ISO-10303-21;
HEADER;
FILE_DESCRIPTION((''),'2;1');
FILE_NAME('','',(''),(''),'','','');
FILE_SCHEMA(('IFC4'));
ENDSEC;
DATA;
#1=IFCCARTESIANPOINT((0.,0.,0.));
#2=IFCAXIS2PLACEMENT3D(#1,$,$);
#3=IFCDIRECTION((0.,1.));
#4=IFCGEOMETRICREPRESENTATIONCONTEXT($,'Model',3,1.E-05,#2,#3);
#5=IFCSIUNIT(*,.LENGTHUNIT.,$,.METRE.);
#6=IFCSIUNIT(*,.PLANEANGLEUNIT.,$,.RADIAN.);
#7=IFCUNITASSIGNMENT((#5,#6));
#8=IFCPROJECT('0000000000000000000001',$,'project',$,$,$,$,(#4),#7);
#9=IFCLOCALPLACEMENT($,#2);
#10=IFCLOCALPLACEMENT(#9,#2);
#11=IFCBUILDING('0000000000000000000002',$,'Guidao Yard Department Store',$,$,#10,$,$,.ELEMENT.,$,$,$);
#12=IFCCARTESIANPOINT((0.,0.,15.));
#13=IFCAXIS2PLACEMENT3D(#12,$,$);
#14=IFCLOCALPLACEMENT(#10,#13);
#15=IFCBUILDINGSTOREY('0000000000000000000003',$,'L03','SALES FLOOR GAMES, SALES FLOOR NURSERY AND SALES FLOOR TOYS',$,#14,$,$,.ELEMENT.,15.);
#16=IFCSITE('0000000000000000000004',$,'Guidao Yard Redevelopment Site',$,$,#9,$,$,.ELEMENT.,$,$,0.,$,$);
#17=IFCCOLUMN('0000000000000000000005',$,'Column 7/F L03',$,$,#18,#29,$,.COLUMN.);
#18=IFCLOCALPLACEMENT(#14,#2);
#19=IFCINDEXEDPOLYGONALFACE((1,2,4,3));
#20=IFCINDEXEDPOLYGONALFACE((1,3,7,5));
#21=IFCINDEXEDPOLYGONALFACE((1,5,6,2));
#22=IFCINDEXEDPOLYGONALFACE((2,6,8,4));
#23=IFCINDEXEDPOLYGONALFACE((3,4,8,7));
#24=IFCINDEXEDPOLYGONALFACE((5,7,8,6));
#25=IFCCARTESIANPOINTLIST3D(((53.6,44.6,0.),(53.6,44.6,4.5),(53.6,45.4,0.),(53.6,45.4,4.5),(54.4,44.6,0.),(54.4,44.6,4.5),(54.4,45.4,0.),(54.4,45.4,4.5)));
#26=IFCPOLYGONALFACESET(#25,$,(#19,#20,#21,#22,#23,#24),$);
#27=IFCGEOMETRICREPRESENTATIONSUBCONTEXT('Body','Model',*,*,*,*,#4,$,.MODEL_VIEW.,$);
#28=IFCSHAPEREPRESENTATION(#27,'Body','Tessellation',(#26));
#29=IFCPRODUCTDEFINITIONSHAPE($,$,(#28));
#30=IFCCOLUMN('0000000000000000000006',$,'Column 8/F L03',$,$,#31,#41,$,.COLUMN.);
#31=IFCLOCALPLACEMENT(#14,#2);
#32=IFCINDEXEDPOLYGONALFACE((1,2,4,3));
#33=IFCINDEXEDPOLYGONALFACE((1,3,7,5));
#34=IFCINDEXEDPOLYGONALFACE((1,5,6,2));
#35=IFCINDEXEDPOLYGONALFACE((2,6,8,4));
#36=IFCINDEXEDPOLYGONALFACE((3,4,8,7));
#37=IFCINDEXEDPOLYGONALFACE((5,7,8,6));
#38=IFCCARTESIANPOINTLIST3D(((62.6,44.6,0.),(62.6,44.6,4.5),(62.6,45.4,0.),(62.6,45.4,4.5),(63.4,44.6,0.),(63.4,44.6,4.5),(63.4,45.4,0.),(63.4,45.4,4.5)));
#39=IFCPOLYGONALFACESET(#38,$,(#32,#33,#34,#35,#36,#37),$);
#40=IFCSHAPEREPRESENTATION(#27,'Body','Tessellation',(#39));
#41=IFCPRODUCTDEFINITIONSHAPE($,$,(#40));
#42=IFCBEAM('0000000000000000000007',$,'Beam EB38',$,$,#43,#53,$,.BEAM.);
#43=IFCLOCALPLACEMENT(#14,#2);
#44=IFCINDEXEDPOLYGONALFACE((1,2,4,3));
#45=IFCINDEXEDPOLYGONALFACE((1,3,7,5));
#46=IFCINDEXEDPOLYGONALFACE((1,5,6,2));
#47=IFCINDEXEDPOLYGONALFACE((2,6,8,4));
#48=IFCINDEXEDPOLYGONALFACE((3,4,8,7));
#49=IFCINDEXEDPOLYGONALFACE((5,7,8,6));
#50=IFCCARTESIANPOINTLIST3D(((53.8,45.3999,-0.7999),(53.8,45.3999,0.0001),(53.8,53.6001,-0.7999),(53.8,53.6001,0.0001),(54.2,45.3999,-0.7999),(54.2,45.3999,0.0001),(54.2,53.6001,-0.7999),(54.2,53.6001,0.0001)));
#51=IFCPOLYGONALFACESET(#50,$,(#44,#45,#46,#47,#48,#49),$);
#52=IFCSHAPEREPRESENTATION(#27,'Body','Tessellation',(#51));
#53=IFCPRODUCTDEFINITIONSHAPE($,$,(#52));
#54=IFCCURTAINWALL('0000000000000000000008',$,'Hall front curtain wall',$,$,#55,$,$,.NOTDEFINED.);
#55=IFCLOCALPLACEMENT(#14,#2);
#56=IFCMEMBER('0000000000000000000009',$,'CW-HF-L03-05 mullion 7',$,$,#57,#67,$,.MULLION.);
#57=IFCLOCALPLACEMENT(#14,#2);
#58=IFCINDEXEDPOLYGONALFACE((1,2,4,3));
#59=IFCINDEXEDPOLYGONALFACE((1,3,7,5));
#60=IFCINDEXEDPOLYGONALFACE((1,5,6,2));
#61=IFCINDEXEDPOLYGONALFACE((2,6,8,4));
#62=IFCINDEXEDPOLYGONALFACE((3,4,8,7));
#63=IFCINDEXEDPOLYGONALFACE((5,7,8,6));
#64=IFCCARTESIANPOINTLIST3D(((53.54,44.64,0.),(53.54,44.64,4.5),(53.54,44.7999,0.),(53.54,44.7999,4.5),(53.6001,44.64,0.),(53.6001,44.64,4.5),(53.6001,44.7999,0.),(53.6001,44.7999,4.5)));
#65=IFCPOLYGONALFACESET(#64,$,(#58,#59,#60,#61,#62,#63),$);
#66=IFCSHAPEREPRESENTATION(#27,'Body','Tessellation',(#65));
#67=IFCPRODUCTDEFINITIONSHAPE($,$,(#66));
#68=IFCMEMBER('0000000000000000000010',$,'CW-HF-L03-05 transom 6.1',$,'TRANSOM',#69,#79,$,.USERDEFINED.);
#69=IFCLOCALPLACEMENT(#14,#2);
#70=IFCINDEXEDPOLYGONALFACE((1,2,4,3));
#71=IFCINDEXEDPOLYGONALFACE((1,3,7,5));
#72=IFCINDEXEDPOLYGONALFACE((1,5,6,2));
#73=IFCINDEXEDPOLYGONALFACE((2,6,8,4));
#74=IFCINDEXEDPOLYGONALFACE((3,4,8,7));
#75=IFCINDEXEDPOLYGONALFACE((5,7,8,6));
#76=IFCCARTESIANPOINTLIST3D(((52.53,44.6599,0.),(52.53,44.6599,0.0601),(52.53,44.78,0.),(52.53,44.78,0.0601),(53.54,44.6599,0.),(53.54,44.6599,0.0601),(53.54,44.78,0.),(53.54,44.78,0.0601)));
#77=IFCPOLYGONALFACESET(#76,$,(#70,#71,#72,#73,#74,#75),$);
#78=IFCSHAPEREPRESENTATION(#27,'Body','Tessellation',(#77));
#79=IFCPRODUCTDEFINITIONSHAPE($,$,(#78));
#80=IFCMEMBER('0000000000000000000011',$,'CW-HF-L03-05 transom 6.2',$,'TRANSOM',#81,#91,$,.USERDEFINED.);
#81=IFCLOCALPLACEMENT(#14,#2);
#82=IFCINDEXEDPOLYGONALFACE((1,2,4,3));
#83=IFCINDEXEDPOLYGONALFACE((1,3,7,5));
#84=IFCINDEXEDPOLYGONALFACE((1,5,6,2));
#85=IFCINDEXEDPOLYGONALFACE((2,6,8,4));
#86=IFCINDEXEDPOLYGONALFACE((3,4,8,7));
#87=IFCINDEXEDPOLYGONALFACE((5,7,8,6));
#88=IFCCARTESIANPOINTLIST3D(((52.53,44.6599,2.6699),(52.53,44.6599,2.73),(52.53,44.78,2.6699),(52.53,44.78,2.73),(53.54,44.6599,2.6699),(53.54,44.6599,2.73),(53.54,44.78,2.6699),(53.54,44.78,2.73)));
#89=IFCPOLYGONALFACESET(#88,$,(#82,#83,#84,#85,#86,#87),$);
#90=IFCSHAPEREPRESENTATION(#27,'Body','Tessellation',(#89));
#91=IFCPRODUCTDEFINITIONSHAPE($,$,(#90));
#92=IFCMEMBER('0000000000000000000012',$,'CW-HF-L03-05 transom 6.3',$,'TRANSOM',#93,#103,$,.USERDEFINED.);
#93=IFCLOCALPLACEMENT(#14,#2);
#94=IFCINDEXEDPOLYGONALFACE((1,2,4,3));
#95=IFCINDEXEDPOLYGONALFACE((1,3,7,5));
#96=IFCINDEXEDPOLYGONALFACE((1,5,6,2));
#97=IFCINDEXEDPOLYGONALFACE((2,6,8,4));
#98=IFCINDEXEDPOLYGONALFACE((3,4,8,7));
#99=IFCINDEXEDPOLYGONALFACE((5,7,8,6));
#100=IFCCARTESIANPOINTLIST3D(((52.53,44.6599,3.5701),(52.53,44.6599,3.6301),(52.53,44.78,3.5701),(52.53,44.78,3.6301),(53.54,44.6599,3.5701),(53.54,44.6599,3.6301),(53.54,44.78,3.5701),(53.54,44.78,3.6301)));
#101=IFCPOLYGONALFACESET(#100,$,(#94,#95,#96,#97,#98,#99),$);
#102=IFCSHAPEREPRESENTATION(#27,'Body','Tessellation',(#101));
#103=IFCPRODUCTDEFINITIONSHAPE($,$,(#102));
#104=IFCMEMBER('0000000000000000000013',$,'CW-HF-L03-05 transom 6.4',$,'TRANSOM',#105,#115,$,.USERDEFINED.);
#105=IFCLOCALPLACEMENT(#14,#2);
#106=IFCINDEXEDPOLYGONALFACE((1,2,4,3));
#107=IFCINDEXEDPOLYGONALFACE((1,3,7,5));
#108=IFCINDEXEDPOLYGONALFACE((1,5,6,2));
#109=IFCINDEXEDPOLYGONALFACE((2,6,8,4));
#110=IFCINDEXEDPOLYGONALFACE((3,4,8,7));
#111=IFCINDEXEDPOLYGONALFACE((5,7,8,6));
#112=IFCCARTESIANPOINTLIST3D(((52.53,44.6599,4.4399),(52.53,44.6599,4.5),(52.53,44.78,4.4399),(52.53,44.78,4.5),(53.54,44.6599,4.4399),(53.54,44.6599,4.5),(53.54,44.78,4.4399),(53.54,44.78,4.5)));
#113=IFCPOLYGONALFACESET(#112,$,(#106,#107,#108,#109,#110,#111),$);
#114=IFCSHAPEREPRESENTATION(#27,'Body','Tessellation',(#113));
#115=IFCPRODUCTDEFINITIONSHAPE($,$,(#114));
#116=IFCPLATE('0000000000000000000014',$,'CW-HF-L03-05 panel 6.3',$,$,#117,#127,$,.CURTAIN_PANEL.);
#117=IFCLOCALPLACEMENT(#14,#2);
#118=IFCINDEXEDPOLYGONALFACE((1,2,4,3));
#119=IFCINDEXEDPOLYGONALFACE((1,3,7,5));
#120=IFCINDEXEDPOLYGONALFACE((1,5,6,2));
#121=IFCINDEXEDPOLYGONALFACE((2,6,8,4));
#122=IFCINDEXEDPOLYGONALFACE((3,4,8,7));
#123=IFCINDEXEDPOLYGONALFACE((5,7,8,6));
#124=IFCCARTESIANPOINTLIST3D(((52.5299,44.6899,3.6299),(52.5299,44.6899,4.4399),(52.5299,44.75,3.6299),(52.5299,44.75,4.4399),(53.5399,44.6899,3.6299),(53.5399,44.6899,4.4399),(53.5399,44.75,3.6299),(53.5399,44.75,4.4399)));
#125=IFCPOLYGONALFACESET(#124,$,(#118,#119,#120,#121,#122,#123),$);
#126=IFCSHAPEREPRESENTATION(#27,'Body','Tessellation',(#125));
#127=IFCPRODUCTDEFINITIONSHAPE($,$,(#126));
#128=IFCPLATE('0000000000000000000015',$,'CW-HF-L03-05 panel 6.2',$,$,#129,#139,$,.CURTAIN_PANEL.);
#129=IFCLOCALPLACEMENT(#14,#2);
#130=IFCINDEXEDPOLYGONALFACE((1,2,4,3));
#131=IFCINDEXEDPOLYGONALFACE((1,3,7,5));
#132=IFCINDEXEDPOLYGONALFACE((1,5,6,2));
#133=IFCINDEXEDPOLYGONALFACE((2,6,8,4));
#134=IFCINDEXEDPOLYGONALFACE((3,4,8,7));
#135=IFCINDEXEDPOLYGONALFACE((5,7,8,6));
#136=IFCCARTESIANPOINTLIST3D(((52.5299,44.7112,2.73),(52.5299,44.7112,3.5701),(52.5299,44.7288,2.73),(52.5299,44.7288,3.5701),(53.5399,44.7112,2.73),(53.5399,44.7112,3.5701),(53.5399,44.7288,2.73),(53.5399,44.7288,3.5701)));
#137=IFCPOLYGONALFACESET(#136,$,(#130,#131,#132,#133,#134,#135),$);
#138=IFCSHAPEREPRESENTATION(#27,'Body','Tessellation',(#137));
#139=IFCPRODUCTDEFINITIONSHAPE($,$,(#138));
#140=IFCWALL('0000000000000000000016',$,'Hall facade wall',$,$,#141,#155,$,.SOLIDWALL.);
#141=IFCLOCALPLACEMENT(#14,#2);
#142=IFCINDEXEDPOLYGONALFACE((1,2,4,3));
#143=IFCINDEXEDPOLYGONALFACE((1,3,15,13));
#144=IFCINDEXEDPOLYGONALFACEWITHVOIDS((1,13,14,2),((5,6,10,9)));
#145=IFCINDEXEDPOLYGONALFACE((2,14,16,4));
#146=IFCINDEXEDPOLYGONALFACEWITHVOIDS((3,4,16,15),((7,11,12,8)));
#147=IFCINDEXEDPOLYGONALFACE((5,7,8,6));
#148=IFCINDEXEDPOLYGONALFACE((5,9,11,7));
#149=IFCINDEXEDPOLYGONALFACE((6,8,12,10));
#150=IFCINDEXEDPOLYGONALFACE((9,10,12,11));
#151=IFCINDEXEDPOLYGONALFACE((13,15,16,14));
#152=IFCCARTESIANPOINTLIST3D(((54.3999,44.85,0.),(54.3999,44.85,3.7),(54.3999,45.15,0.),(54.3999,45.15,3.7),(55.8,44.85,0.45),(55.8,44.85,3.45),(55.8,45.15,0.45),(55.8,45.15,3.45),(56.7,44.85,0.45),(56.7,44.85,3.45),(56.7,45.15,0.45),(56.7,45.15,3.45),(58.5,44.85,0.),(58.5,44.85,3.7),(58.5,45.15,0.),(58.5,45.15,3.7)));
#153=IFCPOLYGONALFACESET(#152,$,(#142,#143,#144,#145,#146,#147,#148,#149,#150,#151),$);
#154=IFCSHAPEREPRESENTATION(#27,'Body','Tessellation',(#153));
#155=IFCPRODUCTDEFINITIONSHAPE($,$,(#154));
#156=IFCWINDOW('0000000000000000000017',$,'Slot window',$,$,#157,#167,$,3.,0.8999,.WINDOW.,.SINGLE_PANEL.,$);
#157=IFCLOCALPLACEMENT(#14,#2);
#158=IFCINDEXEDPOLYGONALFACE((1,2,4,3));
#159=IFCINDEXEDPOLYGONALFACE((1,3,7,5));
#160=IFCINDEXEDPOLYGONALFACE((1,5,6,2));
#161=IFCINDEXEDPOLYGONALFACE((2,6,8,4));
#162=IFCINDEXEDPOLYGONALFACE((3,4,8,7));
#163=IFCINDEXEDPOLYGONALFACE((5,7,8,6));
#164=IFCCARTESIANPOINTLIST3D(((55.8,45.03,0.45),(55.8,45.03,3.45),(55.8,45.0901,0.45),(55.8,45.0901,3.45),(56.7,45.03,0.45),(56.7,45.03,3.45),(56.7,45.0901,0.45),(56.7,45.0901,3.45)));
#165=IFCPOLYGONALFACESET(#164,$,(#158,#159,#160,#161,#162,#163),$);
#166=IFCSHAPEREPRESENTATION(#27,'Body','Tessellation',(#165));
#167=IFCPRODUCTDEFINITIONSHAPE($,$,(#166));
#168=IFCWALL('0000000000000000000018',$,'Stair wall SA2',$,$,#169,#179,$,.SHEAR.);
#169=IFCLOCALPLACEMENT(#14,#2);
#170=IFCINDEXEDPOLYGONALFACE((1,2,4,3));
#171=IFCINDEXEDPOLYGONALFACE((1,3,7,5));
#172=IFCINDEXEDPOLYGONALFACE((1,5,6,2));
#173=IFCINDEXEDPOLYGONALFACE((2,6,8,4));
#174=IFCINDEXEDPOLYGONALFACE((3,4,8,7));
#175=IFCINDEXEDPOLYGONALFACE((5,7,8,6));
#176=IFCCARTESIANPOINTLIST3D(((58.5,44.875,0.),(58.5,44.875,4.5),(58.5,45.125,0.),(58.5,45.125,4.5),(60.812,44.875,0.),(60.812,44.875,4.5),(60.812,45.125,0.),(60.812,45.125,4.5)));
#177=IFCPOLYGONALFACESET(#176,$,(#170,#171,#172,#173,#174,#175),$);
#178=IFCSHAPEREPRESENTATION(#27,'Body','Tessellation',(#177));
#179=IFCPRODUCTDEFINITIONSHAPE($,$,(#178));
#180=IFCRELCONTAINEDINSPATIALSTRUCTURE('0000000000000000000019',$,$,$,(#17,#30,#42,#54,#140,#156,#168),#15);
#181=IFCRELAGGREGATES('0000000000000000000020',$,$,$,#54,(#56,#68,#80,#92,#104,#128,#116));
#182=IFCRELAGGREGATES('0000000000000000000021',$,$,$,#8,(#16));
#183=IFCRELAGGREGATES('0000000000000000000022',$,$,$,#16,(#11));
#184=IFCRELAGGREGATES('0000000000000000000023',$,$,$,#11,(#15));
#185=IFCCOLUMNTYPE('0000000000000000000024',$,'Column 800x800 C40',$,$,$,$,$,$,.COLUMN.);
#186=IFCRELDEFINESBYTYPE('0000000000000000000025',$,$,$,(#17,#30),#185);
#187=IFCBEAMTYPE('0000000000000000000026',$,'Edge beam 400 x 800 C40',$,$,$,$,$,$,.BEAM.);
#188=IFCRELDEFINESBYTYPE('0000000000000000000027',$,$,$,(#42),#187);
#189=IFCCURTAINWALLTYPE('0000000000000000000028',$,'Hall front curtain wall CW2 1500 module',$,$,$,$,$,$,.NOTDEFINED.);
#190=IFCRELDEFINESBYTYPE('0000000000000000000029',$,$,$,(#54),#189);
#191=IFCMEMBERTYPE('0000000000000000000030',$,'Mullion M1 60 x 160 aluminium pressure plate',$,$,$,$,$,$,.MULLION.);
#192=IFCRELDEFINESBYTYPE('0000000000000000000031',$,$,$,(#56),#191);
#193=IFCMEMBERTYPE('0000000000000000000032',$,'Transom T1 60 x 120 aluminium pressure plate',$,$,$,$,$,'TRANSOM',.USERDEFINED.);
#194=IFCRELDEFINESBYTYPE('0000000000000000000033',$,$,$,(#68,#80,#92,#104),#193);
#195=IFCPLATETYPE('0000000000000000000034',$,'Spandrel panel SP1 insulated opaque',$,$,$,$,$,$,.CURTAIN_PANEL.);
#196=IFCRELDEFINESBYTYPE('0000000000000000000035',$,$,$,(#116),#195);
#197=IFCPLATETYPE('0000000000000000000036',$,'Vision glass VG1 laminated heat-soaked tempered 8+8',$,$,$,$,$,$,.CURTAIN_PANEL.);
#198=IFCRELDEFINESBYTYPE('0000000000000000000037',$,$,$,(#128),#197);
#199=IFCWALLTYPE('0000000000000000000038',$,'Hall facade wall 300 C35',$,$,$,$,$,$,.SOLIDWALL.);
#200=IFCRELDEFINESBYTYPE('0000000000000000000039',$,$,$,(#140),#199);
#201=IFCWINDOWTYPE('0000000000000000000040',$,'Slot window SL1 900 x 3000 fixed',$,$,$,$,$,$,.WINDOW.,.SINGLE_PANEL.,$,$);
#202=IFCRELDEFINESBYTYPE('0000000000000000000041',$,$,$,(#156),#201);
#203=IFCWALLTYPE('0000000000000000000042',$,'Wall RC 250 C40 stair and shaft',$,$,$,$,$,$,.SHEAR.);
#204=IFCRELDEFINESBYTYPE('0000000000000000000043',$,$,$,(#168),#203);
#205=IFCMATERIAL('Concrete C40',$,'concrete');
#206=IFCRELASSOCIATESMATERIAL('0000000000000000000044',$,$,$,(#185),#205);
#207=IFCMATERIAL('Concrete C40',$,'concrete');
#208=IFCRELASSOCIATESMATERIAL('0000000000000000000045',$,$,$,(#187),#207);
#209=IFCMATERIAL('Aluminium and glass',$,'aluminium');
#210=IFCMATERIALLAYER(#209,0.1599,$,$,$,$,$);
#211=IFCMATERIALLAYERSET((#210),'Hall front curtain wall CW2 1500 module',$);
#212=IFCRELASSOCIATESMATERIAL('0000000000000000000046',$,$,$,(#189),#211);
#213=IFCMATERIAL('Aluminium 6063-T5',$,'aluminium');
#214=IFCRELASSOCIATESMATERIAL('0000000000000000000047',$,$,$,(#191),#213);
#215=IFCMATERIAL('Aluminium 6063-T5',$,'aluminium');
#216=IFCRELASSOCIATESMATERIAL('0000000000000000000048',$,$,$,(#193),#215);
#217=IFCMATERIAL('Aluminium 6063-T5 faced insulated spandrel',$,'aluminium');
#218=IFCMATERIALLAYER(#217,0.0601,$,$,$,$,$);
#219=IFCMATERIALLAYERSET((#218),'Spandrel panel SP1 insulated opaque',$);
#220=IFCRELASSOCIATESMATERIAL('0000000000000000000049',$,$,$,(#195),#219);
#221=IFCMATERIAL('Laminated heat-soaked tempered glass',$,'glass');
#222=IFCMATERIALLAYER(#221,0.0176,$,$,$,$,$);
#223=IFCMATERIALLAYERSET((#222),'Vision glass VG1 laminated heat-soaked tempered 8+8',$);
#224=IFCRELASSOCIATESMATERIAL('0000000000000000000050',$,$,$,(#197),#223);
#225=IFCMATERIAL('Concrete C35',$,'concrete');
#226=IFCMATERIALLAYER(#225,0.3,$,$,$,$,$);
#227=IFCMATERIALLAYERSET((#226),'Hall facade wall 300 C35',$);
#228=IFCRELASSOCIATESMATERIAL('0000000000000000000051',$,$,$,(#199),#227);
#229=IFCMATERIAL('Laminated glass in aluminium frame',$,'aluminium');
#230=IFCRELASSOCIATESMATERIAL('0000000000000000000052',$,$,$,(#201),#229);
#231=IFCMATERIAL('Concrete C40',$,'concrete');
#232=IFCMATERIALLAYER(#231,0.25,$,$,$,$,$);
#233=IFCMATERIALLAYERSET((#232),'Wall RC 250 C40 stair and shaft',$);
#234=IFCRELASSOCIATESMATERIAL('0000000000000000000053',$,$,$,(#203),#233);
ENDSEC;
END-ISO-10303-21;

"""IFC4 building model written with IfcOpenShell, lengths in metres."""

from ifc_helpers import new_model, si_unit, direction, frame, frame_2d, origin, origin_2d, place, context, subcontext, project, spatial, rectangle, extrude, material, layer, layer_set, material_profile, profile_set, type_object, element, fill, aggregate, save


model = new_model("IFC4")

# Units and contexts
model_context = context("Model", 3, precision=1e-05, world=origin(), true_north=direction((0.0, 1.0)))
body_context = subcontext(model_context, "Body", "Model", "MODEL_VIEW")
ifc_project = project(units=[si_unit("LENGTHUNIT", "METRE"), si_unit("PLANEANGLEUNIT", "RADIAN")], contexts=[model_context])

# Site, building, storey
site_placement = place(None, origin())
site = spatial("IfcSite", under=ifc_project, at=site_placement, Name="Guidao Yard Redevelopment Site", CompositionType="ELEMENT", RefElevation=0.0)
building_placement = place(site_placement, origin())
building = spatial("IfcBuilding", under=site, at=building_placement, Name="Guidao Yard Department Store", CompositionType="ELEMENT")
storey_placement = place(building_placement, frame((0.0, 0.0, 15.0)))
storey = spatial("IfcBuildingStorey", under=building, at=storey_placement, Name="L03", Description="SALES FLOOR GAMES, SALES FLOOR NURSERY AND SALES FLOOR TOYS", CompositionType="ELEMENT", Elevation=15.0)

# Columns
ifc_material_1 = material(Name="Concrete C40", Category="concrete")
ifc_material_profile_1 = material_profile(ifc_material_1, rectangle(XDim=0.8, YDim=0.8, at=origin_2d()), Name="COL 800x800")
ifc_profile_set_1 = profile_set([ifc_material_profile_1], Name="Concrete C40")
column_type = type_object("IfcColumnType", Name="Column 800x800 C40", PredefinedType="COLUMN", material=ifc_profile_set_1)
for number, where, z_axis, x_axis, name in (
    (1, (54.0, 45.0, 0.0), (0.0, 0.0, 1.0), (1.0, 0.0, 0.0), "Column 7/F L03"),
    (2, (63.0, 45.0, 0.0), (0.0, 0.0, 1.0), (1.0, 0.0, 0.0), "Column 8/F L03"),
):
    element("IfcColumn", number, at=place(storey_placement, frame(where, z_axis=z_axis, x_axis=x_axis)), inside=storey, type_object=column_type, Name=name, PredefinedType="COLUMN", context=body_context, shape_type="SweptSolid", body=[
        extrude(rectangle(XDim=0.8, YDim=0.8, at=origin_2d()), origin(), (0.0, 0.0, 1.0), 4.5),
    ])

# Beam
ifc_material_2 = material(Name="Concrete C40", Category="concrete")
ifc_material_profile_2 = material_profile(ifc_material_2, rectangle(XDim=0.3999, YDim=0.8, at=origin_2d()), Name="Edge beam 400 x 800 C40")
ifc_profile_set_2 = profile_set([ifc_material_profile_2], Name="Concrete C40")
beam_type = type_object("IfcBeamType", Name="Edge beam 400 x 800 C40", PredefinedType="BEAM", material=ifc_profile_set_2)
beam_placement = place(storey_placement, frame((54.0, 45.3999, -0.3999), z_axis=(0.0, 1.0, 0.0), x_axis=(-1.0, 0.0, 0.0)))
element("IfcBeam", 3, at=beam_placement, inside=storey, type_object=beam_type, Name="Beam EB38", PredefinedType="BEAM", context=body_context, shape_type="SweptSolid", body=[
    extrude(rectangle(XDim=0.3999, YDim=0.8, at=origin_2d()), origin(), (0.0, 0.0, 1.0), 8.2002),
])

# Curtain wall, members, plates
ifc_material_3 = material(Name="Aluminium and glass", Category="aluminium")
ifc_layer_1 = layer(ifc_material_3, 0.1599)
ifc_layer_set_1 = layer_set([ifc_layer_1], Name="Hall front curtain wall CW2 1500 module")
curtain_wall_type = type_object("IfcCurtainWallType", Name="Hall front curtain wall CW2 1500 module", PredefinedType="NOTDEFINED", material=ifc_layer_set_1)
curtain_wall_placement = place(storey_placement, origin())
curtain_wall = element("IfcCurtainWall", 4, at=curtain_wall_placement, inside=storey, type_object=curtain_wall_type, Name="Hall front curtain wall", PredefinedType="NOTDEFINED")
ifc_material_4 = material(Name="Aluminium 6063-T5", Category="aluminium")
ifc_material_profile_3 = material_profile(ifc_material_4, rectangle(XDim=0.0601, YDim=0.1599, at=origin_2d()), Name="Mullion M1 60 x 160 aluminium pressure plate")
ifc_profile_set_3 = profile_set([ifc_material_profile_3], Name="Aluminium 6063-T5")
member_type_1 = type_object("IfcMemberType", Name="Mullion M1 60 x 160 aluminium pressure plate", PredefinedType="MULLION", material=ifc_profile_set_3)
member_1_placement = place(storey_placement, frame((53.5701, 44.72, 0.0), z_axis=(0.0, 0.0, 1.0), x_axis=(-1.0, 0.0, 0.0)))
member_1 = element("IfcMember", 5, at=member_1_placement, type_object=member_type_1, Name="CW-HF-L03-05 mullion 7", PredefinedType="MULLION", context=body_context, shape_type="SweptSolid", body=[
    extrude(rectangle(XDim=0.0601, YDim=0.1599, at=origin_2d()), origin(), (0.0, 0.0, 1.0), 4.5),
])
ifc_material_5 = material(Name="Aluminium 6063-T5", Category="aluminium")
ifc_material_profile_4 = material_profile(ifc_material_5, rectangle(XDim=0.1201, YDim=0.0601, at=origin_2d()), Name="Transom T1 60 x 120 aluminium pressure plate")
ifc_profile_set_4 = profile_set([ifc_material_profile_4], Name="Aluminium 6063-T5")
member_type_2 = type_object("IfcMemberType", Name="Transom T1 60 x 120 aluminium pressure plate", ElementType="TRANSOM", PredefinedType="USERDEFINED", material=ifc_profile_set_4)
member_2_placement = place(storey_placement, frame((53.54, 44.72, 0.03), z_axis=(-1.0, 0.0, 0.0), x_axis=(0.0, -1.0, 0.0)))
member_2 = element("IfcMember", 6, at=member_2_placement, type_object=member_type_2, Name="CW-HF-L03-05 transom 6.1", ObjectType="TRANSOM", PredefinedType="USERDEFINED", context=body_context, shape_type="SweptSolid", body=[
    extrude(rectangle(XDim=0.1201, YDim=0.0601, at=origin_2d()), origin(), (0.0, 0.0, 1.0), 1.01),
])
member_3_placement = place(storey_placement, frame((53.54, 44.72, 2.7), z_axis=(-1.0, 0.0, 0.0), x_axis=(0.0, -1.0, 0.0)))
member_3 = element("IfcMember", 7, at=member_3_placement, type_object=member_type_2, Name="CW-HF-L03-05 transom 6.2", ObjectType="TRANSOM", PredefinedType="USERDEFINED", context=body_context, shape_type="SweptSolid", body=[
    extrude(rectangle(XDim=0.1201, YDim=0.0601, at=origin_2d()), origin(), (0.0, 0.0, 1.0), 1.01),
])
member_4_placement = place(storey_placement, frame((53.54, 44.72, 3.6001), z_axis=(-1.0, 0.0, 0.0), x_axis=(0.0, -1.0, 0.0)))
member_4 = element("IfcMember", 8, at=member_4_placement, type_object=member_type_2, Name="CW-HF-L03-05 transom 6.3", ObjectType="TRANSOM", PredefinedType="USERDEFINED", context=body_context, shape_type="SweptSolid", body=[
    extrude(rectangle(XDim=0.1201, YDim=0.0601, at=origin_2d()), origin(), (0.0, 0.0, 1.0), 1.01),
])
member_5_placement = place(storey_placement, frame((53.54, 44.72, 4.47), z_axis=(-1.0, 0.0, 0.0), x_axis=(0.0, -1.0, 0.0)))
member_5 = element("IfcMember", 9, at=member_5_placement, type_object=member_type_2, Name="CW-HF-L03-05 transom 6.4", ObjectType="TRANSOM", PredefinedType="USERDEFINED", context=body_context, shape_type="SweptSolid", body=[
    extrude(rectangle(XDim=0.1201, YDim=0.0601, at=origin_2d()), origin(), (0.0, 0.0, 1.0), 1.01),
])
ifc_material_6 = material(Name="Aluminium 6063-T5 faced insulated spandrel", Category="aluminium")
ifc_layer_2 = layer(ifc_material_6, 0.0601)
ifc_layer_set_2 = layer_set([ifc_layer_2], Name="Spandrel panel SP1 insulated opaque")
plate_type_1 = type_object("IfcPlateType", Name="Spandrel panel SP1 insulated opaque", PredefinedType="CURTAIN_PANEL", material=ifc_layer_set_2)
plate_1_placement = place(storey_placement, frame((53.0349, 44.72, 3.6299), z_axis=(0.0, 0.0, 1.0), x_axis=(-1.0, 0.0, 0.0)))
plate_1 = element("IfcPlate", 10, at=plate_1_placement, type_object=plate_type_1, Name="CW-HF-L03-05 panel 6.3", PredefinedType="CURTAIN_PANEL", context=body_context, shape_type="SweptSolid", body=[
    extrude(rectangle(XDim=1.01, YDim=0.0601, at=origin_2d()), origin(), (0.0, 0.0, 1.0), 0.8101),
])
ifc_material_7 = material(Name="Laminated heat-soaked tempered glass", Category="glass")
ifc_layer_3 = layer(ifc_material_7, 0.0176)
ifc_layer_set_3 = layer_set([ifc_layer_3], Name="Vision glass VG1 laminated heat-soaked tempered 8+8")
plate_type_2 = type_object("IfcPlateType", Name="Vision glass VG1 laminated heat-soaked tempered 8+8", PredefinedType="CURTAIN_PANEL", material=ifc_layer_set_3)
plate_2_placement = place(storey_placement, frame((53.0349, 44.72, 2.73), z_axis=(0.0, 0.0, 1.0), x_axis=(-1.0, 0.0, 0.0)))
plate_2 = element("IfcPlate", 11, at=plate_2_placement, type_object=plate_type_2, Name="CW-HF-L03-05 panel 6.2", PredefinedType="CURTAIN_PANEL", context=body_context, shape_type="SweptSolid", body=[
    extrude(rectangle(XDim=1.01, YDim=0.0176, at=origin_2d()), origin(), (0.0, 0.0, 1.0), 0.8401),
])
aggregate(curtain_wall, [member_1, member_2, member_3, member_4, member_5, plate_2, plate_1])

# Wall, opening, window
ifc_material_8 = material(Name="Concrete C35", Category="concrete")
ifc_layer_4 = layer(ifc_material_8, 0.3)
ifc_layer_set_4 = layer_set([ifc_layer_4], Name="Hall facade wall 300 C35")
wall_type_1 = type_object("IfcWallType", Name="Hall facade wall 300 C35", PredefinedType="SOLIDWALL", material=ifc_layer_set_4)
wall_1_placement = place(storey_placement, frame((58.5, 45.0, 0.0), z_axis=(0.0, 0.0, 1.0), x_axis=(-1.0, 0.0, 0.0)))
wall_1 = element("IfcWall", 12, at=wall_1_placement, inside=storey, type_object=wall_type_1, Name="Hall facade wall", PredefinedType="SOLIDWALL", context=body_context, shape_type="SweptSolid", body=[
    extrude(rectangle(XDim=4.1001, YDim=0.3, at=frame_2d((2.05, 0.0))), origin(), (0.0, 0.0, 1.0), 3.7),
])
opening_placement = place(wall_1_placement, frame((1.8, 0.0, 0.45)))
opening = element("IfcOpeningElement", 13, at=opening_placement, cuts=wall_1, PredefinedType="OPENING", context=body_context, shape_type="SweptSolid", body=[
    extrude(rectangle(XDim=0.8999, YDim=3.0, at=frame_2d((0.45, 1.5))), frame((0.0, 0.1599, 0.0), z_axis=(0.0, -1.0, 0.0), x_axis=(1.0, 0.0, 0.0)), (0.0, 0.0, 1.0), 0.3201),
])
ifc_material_9 = material(Name="Laminated glass in aluminium frame", Category="aluminium")
window_type = type_object("IfcWindowType", Name="Slot window SL1 900 x 3000 fixed", PartitioningType="SINGLE_PANEL", PredefinedType="WINDOW", material=ifc_material_9)
window_placement = place(opening_placement, origin())
window = element("IfcWindow", 14, at=window_placement, inside=storey, type_object=window_type, Name="Slot window", OverallHeight=3.0, OverallWidth=0.8999, PartitioningType="SINGLE_PANEL", PredefinedType="WINDOW", context=body_context, shape_type="SweptSolid", body=[
    extrude(rectangle(XDim=0.8999, YDim=3.0, at=frame_2d((0.45, 1.5))), frame((0.0, -0.03, 0.0), z_axis=(0.0, -1.0, 0.0), x_axis=(1.0, 0.0, 0.0)), (0.0, 0.0, 1.0), 0.0601),
])
fill(opening, window)

# Wall
ifc_material_10 = material(Name="Concrete C40", Category="concrete")
ifc_layer_5 = layer(ifc_material_10, 0.25)
ifc_layer_set_5 = layer_set([ifc_layer_5], Name="Wall RC 250 C40 stair and shaft")
wall_type_2 = type_object("IfcWallType", Name="Wall RC 250 C40 stair and shaft", PredefinedType="SHEAR", material=ifc_layer_set_5)
wall_2_placement = place(storey_placement, frame((58.5, 45.0, 0.0), z_axis=(0.0, 0.0, 1.0), x_axis=(1.0, 0.0, 0.0)))
element("IfcWall", 15, at=wall_2_placement, inside=storey, type_object=wall_type_2, Name="Stair wall SA2", PredefinedType="SHEAR", context=body_context, shape_type="SweptSolid", body=[
    extrude(rectangle(XDim=2.312, YDim=0.25, at=frame_2d((1.156, 0.0))), origin(), (0.0, 0.0, 1.0), 4.5),
])

save(model, "model.ifc")
